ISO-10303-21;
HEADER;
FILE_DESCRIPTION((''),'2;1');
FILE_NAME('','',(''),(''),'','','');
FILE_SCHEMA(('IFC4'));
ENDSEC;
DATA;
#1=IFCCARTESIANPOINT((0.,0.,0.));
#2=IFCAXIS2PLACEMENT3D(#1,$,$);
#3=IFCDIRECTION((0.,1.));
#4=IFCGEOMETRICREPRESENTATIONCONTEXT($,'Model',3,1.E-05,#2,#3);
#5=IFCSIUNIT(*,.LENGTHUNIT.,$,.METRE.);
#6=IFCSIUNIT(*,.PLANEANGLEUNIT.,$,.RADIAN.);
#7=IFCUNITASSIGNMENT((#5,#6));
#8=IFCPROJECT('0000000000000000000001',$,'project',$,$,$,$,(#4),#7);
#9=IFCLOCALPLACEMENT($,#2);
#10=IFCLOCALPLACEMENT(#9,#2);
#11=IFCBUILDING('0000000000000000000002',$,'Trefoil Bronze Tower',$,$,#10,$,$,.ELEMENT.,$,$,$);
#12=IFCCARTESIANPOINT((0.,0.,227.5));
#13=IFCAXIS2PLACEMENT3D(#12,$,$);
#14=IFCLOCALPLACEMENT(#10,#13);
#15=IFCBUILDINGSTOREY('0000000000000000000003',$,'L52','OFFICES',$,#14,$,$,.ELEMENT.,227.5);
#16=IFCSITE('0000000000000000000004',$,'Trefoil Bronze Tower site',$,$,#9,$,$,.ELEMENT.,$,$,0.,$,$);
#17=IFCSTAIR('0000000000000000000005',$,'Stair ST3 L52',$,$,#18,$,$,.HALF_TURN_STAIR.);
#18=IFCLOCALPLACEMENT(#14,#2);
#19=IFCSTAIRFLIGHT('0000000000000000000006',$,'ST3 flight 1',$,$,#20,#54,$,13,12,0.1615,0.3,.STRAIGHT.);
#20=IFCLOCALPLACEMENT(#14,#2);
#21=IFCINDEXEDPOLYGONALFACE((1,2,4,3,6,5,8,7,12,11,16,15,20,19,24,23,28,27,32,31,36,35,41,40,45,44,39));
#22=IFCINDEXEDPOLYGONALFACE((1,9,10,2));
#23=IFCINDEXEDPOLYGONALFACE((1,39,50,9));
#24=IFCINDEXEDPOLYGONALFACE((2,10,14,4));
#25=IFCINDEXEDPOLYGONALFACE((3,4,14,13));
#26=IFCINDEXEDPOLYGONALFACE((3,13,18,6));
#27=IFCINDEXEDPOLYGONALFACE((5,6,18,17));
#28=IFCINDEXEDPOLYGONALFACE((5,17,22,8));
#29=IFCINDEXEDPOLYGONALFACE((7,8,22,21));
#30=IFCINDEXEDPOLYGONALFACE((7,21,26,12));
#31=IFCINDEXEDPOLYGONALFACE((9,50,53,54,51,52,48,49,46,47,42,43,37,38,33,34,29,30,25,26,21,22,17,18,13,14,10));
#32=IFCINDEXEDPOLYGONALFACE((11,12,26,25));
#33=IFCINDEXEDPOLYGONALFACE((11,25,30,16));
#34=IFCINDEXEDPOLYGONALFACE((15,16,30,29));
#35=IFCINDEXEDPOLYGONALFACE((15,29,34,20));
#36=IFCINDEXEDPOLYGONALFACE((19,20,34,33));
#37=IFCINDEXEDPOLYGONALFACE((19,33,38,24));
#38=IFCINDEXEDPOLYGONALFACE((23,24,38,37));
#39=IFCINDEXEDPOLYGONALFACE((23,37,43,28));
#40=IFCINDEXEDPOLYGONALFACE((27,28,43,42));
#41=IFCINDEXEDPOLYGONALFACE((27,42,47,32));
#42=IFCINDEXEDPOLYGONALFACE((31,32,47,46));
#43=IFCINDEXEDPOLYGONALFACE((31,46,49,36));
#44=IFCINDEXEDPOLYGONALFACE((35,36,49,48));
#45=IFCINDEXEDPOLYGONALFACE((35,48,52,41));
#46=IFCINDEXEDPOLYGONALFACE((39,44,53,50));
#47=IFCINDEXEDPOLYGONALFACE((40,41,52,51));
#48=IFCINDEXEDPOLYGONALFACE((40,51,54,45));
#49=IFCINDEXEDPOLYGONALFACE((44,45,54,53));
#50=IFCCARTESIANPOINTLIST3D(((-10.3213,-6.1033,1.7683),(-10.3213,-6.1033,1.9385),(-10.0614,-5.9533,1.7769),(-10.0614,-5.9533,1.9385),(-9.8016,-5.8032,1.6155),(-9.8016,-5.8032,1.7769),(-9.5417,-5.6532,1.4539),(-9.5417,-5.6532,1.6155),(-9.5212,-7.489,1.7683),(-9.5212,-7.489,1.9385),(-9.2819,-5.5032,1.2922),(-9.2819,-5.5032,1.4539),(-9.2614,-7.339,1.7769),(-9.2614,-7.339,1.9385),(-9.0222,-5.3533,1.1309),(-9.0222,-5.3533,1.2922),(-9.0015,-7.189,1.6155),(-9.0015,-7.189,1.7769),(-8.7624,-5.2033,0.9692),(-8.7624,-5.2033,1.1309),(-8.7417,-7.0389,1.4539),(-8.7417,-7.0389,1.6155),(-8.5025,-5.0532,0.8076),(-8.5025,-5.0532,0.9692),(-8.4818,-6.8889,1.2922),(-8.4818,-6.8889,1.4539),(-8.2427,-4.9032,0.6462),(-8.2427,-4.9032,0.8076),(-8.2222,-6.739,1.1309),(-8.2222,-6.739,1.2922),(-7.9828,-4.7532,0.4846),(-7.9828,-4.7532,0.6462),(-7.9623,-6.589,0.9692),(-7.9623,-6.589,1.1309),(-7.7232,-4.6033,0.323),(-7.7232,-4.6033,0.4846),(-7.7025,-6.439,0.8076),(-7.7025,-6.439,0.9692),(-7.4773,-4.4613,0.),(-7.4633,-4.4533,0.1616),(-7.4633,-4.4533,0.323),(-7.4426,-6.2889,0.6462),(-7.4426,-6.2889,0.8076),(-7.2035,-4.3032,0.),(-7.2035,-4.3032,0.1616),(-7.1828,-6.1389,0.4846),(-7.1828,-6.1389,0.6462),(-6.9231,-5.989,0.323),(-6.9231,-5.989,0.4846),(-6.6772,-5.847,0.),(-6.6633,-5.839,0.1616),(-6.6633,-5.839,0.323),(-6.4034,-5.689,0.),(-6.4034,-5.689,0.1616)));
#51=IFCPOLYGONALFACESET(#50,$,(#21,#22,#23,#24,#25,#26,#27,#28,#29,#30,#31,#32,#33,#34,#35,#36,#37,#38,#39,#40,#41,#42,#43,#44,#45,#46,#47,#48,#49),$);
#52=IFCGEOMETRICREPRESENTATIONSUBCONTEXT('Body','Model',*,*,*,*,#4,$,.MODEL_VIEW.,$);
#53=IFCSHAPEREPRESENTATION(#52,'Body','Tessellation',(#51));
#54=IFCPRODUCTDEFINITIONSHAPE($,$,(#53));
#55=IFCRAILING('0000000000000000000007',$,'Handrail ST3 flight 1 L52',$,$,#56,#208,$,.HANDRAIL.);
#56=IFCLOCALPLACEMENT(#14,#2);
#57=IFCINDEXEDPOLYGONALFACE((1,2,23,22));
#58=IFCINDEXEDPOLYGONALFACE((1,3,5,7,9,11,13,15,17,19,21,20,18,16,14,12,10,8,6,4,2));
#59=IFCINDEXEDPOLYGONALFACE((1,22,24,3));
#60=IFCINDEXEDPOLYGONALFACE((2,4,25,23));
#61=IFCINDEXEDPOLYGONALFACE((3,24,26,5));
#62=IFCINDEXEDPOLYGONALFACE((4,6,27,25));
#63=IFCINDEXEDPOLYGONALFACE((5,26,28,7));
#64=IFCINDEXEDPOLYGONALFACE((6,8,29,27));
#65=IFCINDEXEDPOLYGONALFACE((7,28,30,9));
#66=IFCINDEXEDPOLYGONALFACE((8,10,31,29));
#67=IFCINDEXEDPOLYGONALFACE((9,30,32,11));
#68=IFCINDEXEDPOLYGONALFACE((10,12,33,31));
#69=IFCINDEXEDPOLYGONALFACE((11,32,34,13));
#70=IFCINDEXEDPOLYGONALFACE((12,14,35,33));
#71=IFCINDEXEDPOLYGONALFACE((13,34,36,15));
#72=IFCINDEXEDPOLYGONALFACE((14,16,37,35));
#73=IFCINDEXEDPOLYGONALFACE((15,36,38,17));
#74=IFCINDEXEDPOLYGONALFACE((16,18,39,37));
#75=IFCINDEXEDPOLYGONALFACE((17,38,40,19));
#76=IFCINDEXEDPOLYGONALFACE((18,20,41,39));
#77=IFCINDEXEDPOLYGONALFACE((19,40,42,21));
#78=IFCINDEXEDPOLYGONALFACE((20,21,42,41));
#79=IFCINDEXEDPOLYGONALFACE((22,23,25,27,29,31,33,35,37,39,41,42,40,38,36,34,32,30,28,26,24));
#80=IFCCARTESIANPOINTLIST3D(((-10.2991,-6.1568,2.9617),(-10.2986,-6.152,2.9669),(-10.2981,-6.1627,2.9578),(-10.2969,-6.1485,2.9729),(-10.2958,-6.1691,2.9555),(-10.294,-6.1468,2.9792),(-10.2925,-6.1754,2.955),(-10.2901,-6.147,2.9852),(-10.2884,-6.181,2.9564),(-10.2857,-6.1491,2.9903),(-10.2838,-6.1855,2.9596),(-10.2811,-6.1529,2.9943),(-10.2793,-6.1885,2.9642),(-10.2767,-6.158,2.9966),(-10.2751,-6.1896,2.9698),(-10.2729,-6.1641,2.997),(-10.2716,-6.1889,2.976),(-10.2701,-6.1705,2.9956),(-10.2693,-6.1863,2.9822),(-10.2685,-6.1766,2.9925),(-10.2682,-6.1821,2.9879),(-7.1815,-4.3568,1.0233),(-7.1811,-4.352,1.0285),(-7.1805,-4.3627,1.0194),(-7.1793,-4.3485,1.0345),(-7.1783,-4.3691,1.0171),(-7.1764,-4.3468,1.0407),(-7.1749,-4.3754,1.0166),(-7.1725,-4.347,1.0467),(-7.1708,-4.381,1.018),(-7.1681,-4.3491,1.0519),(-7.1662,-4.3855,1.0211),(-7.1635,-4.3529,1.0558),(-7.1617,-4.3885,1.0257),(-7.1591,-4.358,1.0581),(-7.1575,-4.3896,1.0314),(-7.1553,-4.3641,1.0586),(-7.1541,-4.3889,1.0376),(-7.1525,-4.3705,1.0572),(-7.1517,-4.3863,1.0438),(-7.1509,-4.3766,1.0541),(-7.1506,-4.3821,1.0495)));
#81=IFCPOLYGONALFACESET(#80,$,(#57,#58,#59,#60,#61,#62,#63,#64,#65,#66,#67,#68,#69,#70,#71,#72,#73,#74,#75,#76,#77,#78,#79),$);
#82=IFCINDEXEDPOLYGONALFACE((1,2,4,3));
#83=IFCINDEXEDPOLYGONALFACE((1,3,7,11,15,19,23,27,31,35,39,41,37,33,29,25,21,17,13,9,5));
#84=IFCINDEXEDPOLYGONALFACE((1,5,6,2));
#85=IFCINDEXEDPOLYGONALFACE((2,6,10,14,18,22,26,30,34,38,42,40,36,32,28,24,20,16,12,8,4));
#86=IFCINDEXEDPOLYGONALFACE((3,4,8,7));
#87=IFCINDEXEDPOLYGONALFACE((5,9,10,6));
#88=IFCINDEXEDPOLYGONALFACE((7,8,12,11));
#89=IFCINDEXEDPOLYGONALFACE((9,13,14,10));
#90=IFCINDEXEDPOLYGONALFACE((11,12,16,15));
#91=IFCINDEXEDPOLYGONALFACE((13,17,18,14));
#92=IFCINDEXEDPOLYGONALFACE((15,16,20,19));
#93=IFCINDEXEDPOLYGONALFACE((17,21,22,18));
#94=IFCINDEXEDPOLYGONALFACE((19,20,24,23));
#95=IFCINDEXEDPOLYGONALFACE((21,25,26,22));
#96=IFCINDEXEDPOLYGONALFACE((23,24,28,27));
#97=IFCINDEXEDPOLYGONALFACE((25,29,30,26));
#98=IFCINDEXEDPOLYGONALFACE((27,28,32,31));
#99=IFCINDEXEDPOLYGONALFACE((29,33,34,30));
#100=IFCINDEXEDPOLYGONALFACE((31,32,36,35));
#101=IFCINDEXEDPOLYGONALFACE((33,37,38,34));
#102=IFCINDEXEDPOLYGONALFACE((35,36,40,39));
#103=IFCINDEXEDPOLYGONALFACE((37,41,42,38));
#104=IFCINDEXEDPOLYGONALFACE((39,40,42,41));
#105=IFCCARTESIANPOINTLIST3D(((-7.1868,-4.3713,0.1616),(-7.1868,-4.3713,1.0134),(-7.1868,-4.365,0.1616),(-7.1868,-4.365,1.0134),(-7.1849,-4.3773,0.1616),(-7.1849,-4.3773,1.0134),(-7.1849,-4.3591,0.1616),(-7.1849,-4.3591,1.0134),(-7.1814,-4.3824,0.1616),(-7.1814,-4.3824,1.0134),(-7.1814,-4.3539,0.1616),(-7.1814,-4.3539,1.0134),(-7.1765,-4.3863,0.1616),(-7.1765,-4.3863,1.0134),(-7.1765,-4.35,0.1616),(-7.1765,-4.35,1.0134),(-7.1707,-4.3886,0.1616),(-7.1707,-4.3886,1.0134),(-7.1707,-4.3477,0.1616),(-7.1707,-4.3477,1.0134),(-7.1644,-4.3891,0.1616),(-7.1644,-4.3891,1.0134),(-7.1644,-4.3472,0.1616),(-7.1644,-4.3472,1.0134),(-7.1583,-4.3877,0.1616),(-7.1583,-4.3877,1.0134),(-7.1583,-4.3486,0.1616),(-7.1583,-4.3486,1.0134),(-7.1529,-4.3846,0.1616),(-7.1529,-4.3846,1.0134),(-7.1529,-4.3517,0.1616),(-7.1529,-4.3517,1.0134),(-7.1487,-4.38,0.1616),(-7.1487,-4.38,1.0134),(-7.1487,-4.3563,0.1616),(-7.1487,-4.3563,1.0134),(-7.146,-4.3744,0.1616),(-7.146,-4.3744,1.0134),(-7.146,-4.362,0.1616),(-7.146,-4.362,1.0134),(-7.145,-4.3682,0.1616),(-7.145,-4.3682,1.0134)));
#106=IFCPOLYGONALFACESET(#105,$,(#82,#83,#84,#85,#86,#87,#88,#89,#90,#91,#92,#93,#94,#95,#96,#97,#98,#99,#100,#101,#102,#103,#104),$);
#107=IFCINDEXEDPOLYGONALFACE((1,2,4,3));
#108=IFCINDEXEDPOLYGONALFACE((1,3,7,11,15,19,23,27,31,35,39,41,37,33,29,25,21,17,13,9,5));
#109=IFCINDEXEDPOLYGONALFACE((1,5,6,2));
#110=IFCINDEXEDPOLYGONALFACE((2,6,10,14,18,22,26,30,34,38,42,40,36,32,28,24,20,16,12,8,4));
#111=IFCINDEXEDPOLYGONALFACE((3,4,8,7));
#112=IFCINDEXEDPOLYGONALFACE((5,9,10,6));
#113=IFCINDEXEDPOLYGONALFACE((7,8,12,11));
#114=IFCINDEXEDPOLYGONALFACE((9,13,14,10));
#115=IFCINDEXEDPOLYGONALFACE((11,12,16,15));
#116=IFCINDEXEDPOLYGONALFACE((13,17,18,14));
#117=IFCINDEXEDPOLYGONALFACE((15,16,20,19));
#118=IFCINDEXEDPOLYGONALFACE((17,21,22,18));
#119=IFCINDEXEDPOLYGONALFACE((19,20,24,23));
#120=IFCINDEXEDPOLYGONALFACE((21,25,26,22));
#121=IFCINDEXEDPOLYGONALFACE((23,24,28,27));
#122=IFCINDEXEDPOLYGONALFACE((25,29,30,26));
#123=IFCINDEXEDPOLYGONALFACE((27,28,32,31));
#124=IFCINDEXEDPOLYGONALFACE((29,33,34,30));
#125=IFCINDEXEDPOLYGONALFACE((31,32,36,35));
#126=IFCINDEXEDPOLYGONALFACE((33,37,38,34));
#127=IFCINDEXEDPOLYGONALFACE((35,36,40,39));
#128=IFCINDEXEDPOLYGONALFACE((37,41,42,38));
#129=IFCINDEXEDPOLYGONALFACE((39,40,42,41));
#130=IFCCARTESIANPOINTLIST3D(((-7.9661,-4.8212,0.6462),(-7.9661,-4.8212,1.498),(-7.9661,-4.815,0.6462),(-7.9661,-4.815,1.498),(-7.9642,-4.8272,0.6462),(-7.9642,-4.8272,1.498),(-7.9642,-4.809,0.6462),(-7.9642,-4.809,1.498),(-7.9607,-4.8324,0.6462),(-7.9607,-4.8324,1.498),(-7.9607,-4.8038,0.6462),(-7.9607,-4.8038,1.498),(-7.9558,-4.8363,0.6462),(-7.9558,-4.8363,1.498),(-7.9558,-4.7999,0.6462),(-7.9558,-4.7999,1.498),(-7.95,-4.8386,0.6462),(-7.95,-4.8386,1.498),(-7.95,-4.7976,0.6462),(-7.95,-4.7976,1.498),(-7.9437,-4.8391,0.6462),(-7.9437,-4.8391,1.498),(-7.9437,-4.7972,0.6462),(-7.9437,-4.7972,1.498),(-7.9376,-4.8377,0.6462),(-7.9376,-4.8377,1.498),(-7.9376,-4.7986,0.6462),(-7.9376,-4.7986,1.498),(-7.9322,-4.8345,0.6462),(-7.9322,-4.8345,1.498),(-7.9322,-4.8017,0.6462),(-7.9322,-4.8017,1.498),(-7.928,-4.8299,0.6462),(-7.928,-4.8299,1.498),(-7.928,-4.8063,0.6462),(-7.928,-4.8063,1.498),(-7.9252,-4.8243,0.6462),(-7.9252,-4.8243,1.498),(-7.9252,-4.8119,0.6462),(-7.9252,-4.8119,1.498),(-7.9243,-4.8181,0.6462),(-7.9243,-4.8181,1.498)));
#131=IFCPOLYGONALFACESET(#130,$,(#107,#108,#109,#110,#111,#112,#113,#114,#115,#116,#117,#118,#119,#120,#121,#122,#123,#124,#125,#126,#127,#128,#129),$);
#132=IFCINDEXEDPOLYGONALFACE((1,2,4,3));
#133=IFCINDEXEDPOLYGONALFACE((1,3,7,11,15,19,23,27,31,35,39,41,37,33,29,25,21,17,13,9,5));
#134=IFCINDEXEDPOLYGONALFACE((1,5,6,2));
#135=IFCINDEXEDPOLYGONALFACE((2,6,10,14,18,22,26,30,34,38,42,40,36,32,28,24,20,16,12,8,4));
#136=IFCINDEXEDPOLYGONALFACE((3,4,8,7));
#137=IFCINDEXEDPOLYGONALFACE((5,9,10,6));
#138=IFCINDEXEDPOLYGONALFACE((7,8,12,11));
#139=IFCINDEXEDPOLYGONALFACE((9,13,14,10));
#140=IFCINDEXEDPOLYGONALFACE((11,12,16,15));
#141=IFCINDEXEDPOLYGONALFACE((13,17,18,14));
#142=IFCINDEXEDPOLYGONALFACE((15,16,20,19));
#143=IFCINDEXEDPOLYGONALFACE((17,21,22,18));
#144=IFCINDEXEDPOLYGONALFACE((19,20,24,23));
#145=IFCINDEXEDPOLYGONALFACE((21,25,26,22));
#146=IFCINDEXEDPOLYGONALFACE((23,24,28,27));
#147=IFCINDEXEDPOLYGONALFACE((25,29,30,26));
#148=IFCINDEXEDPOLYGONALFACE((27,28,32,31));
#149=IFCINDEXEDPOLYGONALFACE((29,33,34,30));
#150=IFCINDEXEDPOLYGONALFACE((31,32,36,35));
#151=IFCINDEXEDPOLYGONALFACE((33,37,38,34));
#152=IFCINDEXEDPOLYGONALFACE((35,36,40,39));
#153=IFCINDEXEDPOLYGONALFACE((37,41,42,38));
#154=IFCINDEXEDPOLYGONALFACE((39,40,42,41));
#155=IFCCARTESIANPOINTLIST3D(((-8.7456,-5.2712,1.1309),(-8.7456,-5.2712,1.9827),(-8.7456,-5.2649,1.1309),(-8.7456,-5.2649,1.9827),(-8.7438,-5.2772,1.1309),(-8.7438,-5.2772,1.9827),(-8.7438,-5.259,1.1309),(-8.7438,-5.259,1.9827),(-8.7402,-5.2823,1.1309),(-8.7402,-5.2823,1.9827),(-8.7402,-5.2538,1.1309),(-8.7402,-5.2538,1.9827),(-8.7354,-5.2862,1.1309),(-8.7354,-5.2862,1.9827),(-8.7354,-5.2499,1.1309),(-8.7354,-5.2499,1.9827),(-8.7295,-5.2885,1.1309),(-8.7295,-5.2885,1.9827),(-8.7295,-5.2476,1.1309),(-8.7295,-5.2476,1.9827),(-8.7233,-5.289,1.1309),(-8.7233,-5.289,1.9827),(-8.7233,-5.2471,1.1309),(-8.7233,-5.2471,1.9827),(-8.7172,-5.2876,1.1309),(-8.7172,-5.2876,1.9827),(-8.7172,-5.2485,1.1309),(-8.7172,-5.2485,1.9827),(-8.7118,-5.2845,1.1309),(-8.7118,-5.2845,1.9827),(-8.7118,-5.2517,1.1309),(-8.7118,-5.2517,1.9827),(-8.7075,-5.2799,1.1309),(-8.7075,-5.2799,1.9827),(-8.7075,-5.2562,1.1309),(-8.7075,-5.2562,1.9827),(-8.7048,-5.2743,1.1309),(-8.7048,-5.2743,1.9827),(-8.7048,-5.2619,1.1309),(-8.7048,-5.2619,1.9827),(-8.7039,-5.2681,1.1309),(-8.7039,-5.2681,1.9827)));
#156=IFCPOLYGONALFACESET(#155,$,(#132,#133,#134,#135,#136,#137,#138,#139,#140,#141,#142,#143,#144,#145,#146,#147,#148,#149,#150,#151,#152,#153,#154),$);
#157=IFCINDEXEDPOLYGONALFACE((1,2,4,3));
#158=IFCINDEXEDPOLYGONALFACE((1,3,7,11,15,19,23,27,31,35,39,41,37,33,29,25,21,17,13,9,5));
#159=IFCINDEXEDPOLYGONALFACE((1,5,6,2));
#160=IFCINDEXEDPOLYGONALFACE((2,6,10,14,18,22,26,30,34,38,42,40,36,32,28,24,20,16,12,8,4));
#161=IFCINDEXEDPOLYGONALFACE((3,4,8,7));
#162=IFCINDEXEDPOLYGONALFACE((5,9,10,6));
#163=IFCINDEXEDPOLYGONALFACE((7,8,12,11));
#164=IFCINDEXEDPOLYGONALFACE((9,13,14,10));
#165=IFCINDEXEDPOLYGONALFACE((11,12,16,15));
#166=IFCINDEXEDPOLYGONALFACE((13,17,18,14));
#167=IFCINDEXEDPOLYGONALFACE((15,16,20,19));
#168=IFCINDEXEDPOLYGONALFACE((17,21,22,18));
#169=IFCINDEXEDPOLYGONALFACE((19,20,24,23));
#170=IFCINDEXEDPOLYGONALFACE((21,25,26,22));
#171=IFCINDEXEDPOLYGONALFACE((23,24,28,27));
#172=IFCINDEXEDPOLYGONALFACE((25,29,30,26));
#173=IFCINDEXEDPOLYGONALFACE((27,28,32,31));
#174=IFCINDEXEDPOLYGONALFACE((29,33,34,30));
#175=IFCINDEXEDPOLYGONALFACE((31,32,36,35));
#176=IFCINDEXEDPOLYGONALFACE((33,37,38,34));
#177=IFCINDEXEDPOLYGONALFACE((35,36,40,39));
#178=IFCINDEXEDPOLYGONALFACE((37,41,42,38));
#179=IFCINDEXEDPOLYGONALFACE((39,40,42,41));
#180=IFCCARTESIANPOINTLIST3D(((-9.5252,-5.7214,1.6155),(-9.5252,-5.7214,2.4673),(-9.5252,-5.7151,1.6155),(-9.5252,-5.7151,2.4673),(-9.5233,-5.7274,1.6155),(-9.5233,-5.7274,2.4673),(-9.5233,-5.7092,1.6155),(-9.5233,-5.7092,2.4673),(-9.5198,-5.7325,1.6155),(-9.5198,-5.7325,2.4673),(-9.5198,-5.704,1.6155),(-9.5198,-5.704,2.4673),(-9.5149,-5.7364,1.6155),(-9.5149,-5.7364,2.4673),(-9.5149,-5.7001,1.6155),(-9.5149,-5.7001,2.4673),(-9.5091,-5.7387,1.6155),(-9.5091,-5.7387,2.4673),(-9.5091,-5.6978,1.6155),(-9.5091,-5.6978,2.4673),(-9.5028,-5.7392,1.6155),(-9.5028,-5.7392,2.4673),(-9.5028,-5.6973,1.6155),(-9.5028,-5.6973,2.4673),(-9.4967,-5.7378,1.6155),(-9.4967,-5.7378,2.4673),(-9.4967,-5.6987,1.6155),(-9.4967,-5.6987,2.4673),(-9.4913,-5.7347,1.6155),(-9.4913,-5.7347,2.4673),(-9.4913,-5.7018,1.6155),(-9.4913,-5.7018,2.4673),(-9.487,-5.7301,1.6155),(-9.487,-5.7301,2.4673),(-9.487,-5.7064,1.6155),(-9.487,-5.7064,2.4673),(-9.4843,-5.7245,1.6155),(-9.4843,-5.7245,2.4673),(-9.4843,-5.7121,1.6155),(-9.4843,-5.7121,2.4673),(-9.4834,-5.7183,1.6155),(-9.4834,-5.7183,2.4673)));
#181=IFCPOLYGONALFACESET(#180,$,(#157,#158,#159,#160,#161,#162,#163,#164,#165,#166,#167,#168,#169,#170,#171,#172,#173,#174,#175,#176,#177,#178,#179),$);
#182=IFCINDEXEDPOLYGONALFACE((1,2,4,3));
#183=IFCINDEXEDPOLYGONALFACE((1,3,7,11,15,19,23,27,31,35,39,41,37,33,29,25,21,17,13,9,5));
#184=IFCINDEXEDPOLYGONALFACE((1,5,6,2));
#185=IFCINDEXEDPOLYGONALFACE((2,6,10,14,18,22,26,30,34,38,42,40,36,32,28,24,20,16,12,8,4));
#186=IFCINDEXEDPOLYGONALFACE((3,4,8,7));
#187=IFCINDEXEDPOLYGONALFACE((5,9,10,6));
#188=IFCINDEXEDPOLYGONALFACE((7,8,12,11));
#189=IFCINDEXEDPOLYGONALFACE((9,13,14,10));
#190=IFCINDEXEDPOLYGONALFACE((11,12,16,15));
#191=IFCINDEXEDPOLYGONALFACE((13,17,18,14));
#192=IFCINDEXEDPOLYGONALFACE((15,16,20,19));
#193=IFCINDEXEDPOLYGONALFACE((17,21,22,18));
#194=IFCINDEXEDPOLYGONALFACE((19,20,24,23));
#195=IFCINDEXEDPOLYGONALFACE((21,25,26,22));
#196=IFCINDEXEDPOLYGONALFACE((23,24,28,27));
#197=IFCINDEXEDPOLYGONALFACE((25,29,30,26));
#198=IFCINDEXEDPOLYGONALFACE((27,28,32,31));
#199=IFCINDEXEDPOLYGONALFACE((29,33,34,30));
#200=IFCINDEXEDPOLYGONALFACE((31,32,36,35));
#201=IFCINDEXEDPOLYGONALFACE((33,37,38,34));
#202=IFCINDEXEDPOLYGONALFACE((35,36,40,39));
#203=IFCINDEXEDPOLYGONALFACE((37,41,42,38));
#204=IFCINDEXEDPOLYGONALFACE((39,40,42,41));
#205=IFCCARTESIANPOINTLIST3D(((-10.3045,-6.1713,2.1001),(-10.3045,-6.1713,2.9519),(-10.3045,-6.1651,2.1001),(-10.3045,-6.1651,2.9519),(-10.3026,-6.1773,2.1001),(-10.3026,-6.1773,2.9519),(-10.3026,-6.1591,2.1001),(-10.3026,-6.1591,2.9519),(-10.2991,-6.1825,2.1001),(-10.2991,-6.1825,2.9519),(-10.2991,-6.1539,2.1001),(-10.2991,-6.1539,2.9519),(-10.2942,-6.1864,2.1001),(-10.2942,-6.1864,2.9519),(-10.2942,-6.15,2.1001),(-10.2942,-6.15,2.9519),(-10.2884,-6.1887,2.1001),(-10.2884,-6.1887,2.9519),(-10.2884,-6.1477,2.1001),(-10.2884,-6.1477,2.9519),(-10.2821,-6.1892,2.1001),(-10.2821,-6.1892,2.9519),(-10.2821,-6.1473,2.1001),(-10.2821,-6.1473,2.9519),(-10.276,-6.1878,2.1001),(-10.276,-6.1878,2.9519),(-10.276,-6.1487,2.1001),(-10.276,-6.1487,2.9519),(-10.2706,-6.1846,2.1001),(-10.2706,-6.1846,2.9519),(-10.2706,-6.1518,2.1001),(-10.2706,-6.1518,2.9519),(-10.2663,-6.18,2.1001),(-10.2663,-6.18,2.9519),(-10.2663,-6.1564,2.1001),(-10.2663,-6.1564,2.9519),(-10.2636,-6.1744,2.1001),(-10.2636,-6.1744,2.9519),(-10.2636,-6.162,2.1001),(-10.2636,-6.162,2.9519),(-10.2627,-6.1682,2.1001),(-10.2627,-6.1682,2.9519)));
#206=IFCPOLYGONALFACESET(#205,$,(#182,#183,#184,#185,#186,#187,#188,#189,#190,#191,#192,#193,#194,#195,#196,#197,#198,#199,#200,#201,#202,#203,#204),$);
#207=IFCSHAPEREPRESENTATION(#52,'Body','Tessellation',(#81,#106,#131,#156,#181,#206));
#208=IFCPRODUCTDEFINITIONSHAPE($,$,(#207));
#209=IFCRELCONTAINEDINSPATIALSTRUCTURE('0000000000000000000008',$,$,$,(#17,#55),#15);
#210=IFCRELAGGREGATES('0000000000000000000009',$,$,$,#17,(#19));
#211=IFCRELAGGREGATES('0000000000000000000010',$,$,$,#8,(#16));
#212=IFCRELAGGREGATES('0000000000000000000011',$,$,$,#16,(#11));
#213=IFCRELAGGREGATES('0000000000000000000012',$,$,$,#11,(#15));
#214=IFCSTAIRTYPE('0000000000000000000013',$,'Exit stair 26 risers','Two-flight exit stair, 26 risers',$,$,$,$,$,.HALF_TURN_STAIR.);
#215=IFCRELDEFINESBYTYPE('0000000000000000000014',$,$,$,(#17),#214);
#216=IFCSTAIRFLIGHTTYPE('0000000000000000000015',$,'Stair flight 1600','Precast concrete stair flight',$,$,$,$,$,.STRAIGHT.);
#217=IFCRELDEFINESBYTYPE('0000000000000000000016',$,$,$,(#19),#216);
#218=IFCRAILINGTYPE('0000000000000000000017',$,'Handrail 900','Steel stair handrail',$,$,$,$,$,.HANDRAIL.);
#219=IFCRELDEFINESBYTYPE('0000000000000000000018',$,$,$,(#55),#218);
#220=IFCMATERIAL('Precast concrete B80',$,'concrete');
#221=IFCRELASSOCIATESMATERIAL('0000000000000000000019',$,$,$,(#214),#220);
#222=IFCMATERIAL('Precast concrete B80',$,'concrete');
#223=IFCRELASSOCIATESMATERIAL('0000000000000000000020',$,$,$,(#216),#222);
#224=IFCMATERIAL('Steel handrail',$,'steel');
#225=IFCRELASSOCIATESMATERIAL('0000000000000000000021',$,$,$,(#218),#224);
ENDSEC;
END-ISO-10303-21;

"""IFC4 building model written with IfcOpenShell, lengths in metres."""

from ifc_helpers import new_model, si_unit, direction, frame, origin, origin_2d, place, context, subcontext, project, spatial, polyline, circle, outline, extrude, material, type_object, element, aggregate, save


model = new_model("IFC4")

# Units and contexts
model_context = context("Model", 3, precision=1e-05, world=origin(), true_north=direction((0.0, 1.0)))
body_context = subcontext(model_context, "Body", "Model", "MODEL_VIEW")
ifc_project = project(units=[si_unit("LENGTHUNIT", "METRE"), si_unit("PLANEANGLEUNIT", "RADIAN")], contexts=[model_context])

# Site, building, storey
site_placement = place(None, origin())
site = spatial("IfcSite", under=ifc_project, at=site_placement, Name="Trefoil Bronze Tower site", CompositionType="ELEMENT", RefElevation=0.0)
building_placement = place(site_placement, origin())
building = spatial("IfcBuilding", under=site, at=building_placement, Name="Trefoil Bronze Tower", CompositionType="ELEMENT")
storey_placement = place(building_placement, frame((0.0, 0.0, 227.5)))
storey = spatial("IfcBuildingStorey", under=building, at=storey_placement, Name="L52", Description="OFFICES", CompositionType="ELEMENT", Elevation=227.5)

# Stair, stair flight
ifc_material_1 = material(Name="Precast concrete B80", Category="concrete")
stair_type = type_object("IfcStairType", Name="Exit stair 26 risers", Description="Two-flight exit stair, 26 risers", PredefinedType="HALF_TURN_STAIR", material=ifc_material_1)
stair_placement = place(storey_placement, origin())
stair = element("IfcStair", 1, at=stair_placement, inside=storey, type_object=stair_type, Name="Stair ST3 L52", PredefinedType="HALF_TURN_STAIR")
ifc_material_2 = material(Name="Precast concrete B80", Category="concrete")
stair_flight_type = type_object("IfcStairFlightType", Name="Stair flight 1600", Description="Precast concrete stair flight", PredefinedType="STRAIGHT", material=ifc_material_2)
stair_flight_placement = place(storey_placement, frame((-6.8035, -4.9961, 0.0), z_axis=(0.0, 0.0, 1.0), x_axis=(-0.866025, -0.5, 0.0)))
stair_flight = element("IfcStairFlight", 2, at=stair_flight_placement, type_object=stair_flight_type, Name="ST3 flight 1", NumberOfRisers=13, NumberOfTreads=12, PredefinedType="STRAIGHT", RiserHeight=0.1615, TreadLength=0.3, context=body_context, shape_type="SweptSolid", body=[
    extrude(outline(polyline([(0.0, 0.0), (0.0, 0.1616), (0.3, 0.1616), (0.3, 0.323), (0.6001, 0.323), (0.6001, 0.4846), (0.8999, 0.4846), (0.8999, 0.6462), (1.2, 0.6462), (1.2, 0.8076), (1.5, 0.8076), (1.5, 0.9692), (1.8, 0.9692), (1.8, 1.1309), (2.1001, 1.1309), (2.1001, 1.2922), (2.3999, 1.2922), (2.3999, 1.4539), (2.7, 1.4539), (2.7, 1.6155), (3.0, 1.6155), (3.0, 1.7769), (3.3, 1.7769), (3.3, 1.9385), (3.6001, 1.9385), (3.6001, 2.1001), (3.6001, 1.7683), (0.3162, 0.0), (0.0, 0.0)])), frame((0.0, 0.8, 0.0), z_axis=(0.0, -1.0, 0.0), x_axis=(1.0, 0.0, 0.0)), (0.0, 0.0, 1.0), 1.6001),
])
aggregate(stair, [stair_flight])

# Railing
ifc_material_3 = material(Name="Steel handrail", Category="steel")
railing_type = type_object("IfcRailingType", Name="Handrail 900", Description="Steel stair handrail", PredefinedType="HANDRAIL", material=ifc_material_3)
railing_placement = place(storey_placement, frame((-7.166, -4.3682, 0.1616)))
element("IfcRailing", 3, at=railing_placement, inside=storey, type_object=railing_type, Name="Handrail ST3 flight 1 L52", PredefinedType="HANDRAIL", context=body_context, shape_type="SweptSolid", body=[
    extrude(circle(Radius=0.0239, at=origin_2d()), frame((0.0, 0.0, 0.876), z_axis=(-0.762503, -0.440246, 0.474102), x_axis=(0.500012, -0.866018, 0.0)), (0.0, 0.0, 1.0), 4.0886),
    extrude(circle(Radius=0.021, at=origin_2d()), origin(), (0.0, 0.0, 1.0), 0.8518),
    extrude(circle(Radius=0.021, at=origin_2d()), frame((-0.7793, -0.45, 0.4846)), (0.0, 0.0, 1.0), 0.8518),
    extrude(circle(Radius=0.021, at=origin_2d()), frame((-1.5588, -0.8999, 0.9692)), (0.0, 0.0, 1.0), 0.8518),
    extrude(circle(Radius=0.021, at=origin_2d()), frame((-2.3384, -1.3501, 1.4539)), (0.0, 0.0, 1.0), 0.8518),
    extrude(circle(Radius=0.021, at=origin_2d()), frame((-3.1177, -1.8, 1.9385)), (0.0, 0.0, 1.0), 0.8518),
])

save(model, "model.ifc")
